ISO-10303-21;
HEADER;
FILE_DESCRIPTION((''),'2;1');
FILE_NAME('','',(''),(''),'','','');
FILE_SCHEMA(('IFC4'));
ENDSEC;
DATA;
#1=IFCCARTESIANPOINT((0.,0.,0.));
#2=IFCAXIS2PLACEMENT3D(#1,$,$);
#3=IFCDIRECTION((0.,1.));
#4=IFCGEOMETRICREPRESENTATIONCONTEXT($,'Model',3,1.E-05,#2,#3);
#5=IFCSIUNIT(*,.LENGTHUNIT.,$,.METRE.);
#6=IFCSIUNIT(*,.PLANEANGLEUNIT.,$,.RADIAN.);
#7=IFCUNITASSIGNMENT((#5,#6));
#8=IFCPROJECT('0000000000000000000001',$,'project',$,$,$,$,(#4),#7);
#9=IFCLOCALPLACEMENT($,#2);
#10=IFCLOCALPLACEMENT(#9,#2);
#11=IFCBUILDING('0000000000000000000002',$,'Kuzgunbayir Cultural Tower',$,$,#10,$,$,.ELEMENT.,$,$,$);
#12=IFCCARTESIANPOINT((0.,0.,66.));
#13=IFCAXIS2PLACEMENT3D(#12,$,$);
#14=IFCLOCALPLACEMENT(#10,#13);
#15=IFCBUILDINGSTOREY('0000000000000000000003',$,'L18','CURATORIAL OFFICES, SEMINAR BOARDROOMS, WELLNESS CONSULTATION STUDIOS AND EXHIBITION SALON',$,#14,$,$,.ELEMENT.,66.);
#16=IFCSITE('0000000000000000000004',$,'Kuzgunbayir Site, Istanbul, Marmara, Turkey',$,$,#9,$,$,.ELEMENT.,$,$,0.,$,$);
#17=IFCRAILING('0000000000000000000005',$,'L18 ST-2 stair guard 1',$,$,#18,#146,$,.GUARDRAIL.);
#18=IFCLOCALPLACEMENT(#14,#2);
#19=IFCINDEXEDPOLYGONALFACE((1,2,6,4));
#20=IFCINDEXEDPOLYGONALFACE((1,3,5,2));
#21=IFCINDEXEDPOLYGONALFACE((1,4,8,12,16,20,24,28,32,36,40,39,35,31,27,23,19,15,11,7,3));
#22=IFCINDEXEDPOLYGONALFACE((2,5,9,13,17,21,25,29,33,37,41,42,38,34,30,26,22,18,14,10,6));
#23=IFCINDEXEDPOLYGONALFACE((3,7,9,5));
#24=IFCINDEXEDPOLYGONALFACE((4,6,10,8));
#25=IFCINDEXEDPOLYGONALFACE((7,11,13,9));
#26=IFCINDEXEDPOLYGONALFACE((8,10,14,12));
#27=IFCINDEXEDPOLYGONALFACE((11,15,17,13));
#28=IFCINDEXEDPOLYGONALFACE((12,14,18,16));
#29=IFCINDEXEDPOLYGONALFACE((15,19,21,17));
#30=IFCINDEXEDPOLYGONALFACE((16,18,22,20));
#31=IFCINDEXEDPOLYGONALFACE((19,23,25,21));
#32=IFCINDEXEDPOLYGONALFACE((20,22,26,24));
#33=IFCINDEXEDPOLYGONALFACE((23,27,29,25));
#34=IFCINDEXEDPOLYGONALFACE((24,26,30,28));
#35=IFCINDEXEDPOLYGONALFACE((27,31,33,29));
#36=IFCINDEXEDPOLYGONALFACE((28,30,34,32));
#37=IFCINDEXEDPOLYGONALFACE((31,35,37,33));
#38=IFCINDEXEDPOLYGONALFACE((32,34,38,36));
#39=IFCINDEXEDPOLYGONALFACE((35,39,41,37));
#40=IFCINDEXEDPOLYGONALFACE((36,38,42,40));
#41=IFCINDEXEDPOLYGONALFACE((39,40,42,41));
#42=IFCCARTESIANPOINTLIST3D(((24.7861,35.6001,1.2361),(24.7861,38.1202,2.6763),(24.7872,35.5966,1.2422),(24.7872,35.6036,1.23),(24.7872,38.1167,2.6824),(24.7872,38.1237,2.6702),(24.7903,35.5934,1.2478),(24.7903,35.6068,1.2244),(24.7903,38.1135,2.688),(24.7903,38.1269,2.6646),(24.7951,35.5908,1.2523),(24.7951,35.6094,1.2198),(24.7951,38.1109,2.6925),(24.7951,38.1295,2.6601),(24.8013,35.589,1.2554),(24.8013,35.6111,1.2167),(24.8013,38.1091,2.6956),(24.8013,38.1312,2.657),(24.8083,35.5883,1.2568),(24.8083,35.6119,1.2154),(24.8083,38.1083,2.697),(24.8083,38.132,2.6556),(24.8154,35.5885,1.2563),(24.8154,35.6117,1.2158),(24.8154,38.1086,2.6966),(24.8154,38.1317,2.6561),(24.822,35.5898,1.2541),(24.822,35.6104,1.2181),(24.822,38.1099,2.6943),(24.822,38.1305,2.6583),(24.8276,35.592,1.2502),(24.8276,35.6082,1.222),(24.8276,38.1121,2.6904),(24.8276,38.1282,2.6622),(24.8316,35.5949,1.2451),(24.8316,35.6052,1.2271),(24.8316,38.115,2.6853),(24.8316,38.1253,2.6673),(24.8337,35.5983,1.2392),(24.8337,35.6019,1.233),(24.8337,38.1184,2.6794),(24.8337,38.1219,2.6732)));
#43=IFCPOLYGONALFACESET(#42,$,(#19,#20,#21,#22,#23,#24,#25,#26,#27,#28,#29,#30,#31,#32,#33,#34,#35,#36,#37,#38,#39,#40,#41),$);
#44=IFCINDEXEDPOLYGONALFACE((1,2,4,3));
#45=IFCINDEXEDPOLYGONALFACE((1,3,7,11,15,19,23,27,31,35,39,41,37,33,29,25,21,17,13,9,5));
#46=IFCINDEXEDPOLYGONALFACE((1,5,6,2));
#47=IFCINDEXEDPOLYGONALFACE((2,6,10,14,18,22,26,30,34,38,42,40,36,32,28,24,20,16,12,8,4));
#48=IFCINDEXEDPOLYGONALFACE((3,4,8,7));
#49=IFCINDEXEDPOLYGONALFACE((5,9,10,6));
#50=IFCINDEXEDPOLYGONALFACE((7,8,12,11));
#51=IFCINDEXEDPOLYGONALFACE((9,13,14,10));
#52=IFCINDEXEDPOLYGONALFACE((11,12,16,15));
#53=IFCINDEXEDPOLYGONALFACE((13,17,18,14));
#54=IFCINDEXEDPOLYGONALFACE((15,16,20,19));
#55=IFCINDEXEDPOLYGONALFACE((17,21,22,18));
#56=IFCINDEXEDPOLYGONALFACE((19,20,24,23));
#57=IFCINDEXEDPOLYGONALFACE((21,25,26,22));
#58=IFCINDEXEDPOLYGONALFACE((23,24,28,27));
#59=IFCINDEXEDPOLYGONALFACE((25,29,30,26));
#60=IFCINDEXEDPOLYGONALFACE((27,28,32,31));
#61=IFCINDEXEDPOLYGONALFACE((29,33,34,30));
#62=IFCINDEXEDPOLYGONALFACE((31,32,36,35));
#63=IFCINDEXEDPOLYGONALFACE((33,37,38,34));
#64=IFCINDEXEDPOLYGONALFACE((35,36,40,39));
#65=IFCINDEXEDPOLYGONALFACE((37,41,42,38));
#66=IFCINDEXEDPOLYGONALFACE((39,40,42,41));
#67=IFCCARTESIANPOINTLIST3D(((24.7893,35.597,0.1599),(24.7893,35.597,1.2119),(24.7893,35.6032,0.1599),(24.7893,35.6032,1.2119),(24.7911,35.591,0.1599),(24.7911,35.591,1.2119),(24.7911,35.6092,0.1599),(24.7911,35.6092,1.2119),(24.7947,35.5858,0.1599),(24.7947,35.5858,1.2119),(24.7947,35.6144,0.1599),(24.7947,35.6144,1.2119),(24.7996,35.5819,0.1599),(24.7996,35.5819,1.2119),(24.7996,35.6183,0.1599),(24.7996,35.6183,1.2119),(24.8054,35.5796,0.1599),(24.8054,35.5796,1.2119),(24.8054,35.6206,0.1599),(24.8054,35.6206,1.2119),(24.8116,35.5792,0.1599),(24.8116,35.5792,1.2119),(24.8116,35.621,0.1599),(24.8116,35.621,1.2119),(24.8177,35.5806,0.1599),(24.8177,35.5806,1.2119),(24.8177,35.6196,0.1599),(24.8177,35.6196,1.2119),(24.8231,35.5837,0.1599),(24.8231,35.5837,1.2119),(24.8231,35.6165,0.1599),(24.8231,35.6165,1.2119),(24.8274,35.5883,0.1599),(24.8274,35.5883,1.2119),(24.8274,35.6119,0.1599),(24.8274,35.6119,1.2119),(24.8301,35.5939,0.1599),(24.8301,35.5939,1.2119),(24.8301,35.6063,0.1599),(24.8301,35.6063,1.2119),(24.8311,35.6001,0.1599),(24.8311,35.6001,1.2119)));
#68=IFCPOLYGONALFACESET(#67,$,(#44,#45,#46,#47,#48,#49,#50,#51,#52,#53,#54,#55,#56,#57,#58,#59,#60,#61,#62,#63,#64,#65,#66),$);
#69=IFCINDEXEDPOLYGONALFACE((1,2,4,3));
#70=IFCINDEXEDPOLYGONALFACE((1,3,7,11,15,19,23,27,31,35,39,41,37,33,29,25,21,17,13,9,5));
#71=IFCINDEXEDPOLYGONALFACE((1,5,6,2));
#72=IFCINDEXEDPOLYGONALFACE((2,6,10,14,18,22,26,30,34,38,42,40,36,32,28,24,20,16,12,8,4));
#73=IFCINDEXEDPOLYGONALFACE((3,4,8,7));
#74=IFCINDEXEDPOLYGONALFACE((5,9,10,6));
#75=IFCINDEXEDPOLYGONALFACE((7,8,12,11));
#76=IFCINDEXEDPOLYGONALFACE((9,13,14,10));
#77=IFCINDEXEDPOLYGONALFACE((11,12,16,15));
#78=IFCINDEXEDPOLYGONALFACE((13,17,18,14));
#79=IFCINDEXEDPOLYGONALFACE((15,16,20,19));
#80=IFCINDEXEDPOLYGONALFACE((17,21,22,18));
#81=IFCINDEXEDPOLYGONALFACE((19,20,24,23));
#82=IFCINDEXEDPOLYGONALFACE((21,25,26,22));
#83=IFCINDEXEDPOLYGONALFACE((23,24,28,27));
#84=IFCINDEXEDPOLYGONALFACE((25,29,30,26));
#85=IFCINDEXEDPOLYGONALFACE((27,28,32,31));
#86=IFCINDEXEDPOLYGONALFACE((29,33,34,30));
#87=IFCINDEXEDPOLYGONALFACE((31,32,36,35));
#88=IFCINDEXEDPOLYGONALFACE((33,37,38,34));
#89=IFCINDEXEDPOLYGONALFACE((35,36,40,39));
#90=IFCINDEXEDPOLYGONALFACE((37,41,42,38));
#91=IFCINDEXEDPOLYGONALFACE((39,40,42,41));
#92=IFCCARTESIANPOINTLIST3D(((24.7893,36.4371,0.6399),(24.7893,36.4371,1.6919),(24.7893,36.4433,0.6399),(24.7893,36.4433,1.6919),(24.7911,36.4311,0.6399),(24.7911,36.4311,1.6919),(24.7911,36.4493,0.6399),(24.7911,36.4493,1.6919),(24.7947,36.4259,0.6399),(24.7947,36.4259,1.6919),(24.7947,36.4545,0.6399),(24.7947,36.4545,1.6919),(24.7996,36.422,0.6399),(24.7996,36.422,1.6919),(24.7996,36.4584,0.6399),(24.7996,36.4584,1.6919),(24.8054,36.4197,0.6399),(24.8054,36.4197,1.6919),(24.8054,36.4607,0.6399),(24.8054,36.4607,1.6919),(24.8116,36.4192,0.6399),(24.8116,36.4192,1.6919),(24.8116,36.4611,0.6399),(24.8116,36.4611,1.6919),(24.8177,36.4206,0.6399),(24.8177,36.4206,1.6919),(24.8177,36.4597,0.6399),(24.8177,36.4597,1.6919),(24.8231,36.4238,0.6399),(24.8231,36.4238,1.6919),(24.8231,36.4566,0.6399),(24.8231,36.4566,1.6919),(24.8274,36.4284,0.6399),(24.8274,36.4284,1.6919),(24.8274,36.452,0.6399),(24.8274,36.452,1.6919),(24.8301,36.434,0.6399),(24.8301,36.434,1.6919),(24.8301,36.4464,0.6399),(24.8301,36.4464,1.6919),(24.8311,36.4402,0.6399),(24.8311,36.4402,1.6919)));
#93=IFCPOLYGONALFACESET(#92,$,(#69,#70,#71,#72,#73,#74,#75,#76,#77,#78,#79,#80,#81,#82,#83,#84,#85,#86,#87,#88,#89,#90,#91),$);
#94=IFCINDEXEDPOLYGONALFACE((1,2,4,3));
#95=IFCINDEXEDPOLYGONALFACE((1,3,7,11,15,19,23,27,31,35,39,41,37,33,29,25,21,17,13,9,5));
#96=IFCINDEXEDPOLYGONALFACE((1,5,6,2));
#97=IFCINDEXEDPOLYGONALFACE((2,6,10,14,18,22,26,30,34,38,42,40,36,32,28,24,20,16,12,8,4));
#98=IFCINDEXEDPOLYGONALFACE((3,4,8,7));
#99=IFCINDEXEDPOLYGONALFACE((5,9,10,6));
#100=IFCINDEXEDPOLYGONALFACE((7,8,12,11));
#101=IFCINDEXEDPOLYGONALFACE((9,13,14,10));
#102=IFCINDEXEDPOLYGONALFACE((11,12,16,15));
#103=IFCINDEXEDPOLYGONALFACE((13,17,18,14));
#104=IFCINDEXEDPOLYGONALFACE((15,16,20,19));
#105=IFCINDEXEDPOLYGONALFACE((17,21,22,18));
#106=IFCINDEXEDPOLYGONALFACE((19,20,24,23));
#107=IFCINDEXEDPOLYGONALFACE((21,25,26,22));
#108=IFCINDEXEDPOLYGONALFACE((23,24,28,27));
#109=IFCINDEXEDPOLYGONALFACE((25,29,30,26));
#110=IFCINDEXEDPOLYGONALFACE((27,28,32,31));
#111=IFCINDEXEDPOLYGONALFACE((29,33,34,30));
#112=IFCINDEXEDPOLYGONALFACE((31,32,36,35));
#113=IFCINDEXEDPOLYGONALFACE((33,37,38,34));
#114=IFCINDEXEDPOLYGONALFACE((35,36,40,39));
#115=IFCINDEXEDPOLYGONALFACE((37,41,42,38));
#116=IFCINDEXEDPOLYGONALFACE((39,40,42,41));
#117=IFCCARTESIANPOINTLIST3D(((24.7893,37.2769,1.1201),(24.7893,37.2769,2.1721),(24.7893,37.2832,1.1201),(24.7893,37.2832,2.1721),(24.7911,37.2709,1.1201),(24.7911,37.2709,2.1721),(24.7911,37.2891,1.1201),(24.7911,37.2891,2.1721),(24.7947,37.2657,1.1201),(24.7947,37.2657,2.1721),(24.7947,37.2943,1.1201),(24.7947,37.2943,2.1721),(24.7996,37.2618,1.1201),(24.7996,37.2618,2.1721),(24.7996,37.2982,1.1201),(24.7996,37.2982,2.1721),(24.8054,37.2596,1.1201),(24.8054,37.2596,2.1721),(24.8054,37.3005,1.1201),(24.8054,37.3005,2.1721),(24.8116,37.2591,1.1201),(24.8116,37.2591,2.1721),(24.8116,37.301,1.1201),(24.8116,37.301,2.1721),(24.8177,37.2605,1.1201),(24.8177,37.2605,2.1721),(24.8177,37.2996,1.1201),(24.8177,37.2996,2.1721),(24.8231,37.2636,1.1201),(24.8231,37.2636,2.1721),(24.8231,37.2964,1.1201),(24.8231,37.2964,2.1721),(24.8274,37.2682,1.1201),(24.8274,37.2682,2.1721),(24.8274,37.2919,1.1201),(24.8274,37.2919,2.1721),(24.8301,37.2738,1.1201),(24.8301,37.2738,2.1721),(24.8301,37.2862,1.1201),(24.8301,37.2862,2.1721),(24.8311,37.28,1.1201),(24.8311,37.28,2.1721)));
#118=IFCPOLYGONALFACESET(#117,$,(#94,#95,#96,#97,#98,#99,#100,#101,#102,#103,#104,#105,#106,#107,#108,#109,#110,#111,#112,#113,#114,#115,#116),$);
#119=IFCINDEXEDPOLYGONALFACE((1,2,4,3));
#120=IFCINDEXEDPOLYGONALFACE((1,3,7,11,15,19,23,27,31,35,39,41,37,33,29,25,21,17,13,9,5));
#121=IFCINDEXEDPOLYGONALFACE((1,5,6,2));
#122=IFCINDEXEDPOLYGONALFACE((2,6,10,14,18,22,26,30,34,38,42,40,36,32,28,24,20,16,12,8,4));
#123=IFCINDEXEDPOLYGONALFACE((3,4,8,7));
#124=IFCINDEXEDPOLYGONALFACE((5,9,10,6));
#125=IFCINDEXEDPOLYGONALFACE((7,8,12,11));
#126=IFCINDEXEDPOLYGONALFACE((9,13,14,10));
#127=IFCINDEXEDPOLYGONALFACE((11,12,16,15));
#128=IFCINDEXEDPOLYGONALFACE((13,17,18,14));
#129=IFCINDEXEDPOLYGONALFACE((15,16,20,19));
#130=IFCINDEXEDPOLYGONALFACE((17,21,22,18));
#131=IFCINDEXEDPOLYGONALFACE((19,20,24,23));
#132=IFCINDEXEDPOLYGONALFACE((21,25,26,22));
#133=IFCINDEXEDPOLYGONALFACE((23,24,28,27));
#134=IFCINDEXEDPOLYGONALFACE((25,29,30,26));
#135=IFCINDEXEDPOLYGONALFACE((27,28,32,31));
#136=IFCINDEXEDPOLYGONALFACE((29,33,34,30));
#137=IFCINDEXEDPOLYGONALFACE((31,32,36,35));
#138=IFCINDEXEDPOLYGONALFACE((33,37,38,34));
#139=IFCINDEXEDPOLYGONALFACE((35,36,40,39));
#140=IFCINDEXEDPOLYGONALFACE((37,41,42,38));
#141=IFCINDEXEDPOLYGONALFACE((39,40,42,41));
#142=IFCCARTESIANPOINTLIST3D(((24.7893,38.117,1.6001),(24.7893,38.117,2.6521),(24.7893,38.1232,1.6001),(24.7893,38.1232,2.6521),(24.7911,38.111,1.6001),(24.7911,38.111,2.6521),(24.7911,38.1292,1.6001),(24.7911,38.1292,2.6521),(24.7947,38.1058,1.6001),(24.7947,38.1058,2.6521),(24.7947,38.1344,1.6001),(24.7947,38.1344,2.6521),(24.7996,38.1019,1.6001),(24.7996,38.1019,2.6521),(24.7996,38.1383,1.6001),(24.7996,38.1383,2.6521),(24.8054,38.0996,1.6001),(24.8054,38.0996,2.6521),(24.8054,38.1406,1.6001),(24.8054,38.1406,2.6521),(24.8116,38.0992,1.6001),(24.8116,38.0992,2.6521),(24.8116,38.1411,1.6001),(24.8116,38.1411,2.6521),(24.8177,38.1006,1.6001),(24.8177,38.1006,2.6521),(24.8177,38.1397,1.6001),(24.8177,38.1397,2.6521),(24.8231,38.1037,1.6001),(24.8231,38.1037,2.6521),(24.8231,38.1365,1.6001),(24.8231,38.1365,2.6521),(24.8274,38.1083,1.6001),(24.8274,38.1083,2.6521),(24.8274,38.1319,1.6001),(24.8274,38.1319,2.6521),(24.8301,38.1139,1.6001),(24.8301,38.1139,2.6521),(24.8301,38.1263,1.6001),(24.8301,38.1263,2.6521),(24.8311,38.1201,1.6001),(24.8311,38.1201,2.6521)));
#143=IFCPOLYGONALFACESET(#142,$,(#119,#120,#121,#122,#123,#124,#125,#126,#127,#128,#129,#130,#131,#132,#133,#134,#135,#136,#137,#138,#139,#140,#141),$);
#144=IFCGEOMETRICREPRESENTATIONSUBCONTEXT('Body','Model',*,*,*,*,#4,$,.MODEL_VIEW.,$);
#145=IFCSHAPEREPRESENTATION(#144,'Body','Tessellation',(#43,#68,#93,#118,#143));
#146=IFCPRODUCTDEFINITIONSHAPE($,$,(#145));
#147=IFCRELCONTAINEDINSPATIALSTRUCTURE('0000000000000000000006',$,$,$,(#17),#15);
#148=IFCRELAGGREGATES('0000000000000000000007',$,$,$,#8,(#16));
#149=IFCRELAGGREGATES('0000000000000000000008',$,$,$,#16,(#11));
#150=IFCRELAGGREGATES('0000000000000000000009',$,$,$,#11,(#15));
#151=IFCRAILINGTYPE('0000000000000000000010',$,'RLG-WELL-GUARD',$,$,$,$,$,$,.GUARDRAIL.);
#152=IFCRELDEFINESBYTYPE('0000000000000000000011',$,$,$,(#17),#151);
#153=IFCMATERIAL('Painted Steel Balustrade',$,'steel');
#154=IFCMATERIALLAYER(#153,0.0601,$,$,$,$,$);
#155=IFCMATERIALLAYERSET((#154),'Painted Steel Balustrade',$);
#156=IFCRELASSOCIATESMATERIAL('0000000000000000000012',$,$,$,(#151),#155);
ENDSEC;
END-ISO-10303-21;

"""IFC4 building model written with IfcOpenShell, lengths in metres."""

from ifc_helpers import new_model, si_unit, direction, frame, origin, origin_2d, place, context, subcontext, project, spatial, circle, extrude, material, layer, layer_set, type_object, element, save


model = new_model("IFC4")

# Units and contexts
model_context = context("Model", 3, precision=1e-05, world=origin(), true_north=direction((0.0, 1.0)))
body_context = subcontext(model_context, "Body", "Model", "MODEL_VIEW")
ifc_project = project(units=[si_unit("LENGTHUNIT", "METRE"), si_unit("PLANEANGLEUNIT", "RADIAN")], contexts=[model_context])

# Site, building, storey
site_placement = place(None, origin())
site = spatial("IfcSite", under=ifc_project, at=site_placement, Name="Kuzgunbayir Site, Istanbul, Marmara, Turkey", CompositionType="ELEMENT", RefElevation=0.0)
building_placement = place(site_placement, origin())
building = spatial("IfcBuilding", under=site, at=building_placement, Name="Kuzgunbayir Cultural Tower", CompositionType="ELEMENT")
storey_placement = place(building_placement, frame((0.0, 0.0, 66.0)))
storey = spatial("IfcBuildingStorey", under=building, at=storey_placement, Name="L18", Description="CURATORIAL OFFICES, SEMINAR BOARDROOMS, WELLNESS CONSULTATION STUDIOS AND EXHIBITION SALON", CompositionType="ELEMENT", Elevation=66.0)

# Railing
ifc_material_1 = material(Name="Painted Steel Balustrade", Category="steel")
ifc_layer_1 = layer(ifc_material_1, 0.0601)
ifc_layer_set_1 = layer_set([ifc_layer_1], Name="Painted Steel Balustrade")
railing_type_1 = type_object("IfcRailingType", Name="RLG-WELL-GUARD", PredefinedType="GUARDRAIL", material=ifc_layer_set_1)
railing_1_placement = place(storey_placement, frame((24.8101, 35.6001, 0.1599)))
element("IfcRailing", 1, at=railing_1_placement, inside=storey, type_object=railing_type_1, Name="L18 ST-2 stair guard 1", PredefinedType="GUARDRAIL", context=body_context, shape_type="SweptSolid", body=[
    extrude(circle(Radius=0.0239, at=origin_2d()), frame((0.0, 0.0, 1.0762), z_axis=(0.0, 0.868217, 0.496184), x_axis=(-1.0, 0.0, 0.0)), (0.0, 0.0, 1.0), 2.9026),
    extrude(circle(Radius=0.021, at=origin_2d()), origin(), (0.0, 0.0, 1.0), 1.052),
    extrude(circle(Radius=0.021, at=origin_2d()), frame((0.0, 0.8401, 0.48)), (0.0, 0.0, 1.0), 1.052),
    extrude(circle(Radius=0.021, at=origin_2d()), frame((0.0, 1.6799, 0.9602)), (0.0, 0.0, 1.0), 1.052),
    extrude(circle(Radius=0.021, at=origin_2d()), frame((0.0, 2.52, 1.4402)), (0.0, 0.0, 1.0), 1.052),
])

save(model, "model.ifc")
